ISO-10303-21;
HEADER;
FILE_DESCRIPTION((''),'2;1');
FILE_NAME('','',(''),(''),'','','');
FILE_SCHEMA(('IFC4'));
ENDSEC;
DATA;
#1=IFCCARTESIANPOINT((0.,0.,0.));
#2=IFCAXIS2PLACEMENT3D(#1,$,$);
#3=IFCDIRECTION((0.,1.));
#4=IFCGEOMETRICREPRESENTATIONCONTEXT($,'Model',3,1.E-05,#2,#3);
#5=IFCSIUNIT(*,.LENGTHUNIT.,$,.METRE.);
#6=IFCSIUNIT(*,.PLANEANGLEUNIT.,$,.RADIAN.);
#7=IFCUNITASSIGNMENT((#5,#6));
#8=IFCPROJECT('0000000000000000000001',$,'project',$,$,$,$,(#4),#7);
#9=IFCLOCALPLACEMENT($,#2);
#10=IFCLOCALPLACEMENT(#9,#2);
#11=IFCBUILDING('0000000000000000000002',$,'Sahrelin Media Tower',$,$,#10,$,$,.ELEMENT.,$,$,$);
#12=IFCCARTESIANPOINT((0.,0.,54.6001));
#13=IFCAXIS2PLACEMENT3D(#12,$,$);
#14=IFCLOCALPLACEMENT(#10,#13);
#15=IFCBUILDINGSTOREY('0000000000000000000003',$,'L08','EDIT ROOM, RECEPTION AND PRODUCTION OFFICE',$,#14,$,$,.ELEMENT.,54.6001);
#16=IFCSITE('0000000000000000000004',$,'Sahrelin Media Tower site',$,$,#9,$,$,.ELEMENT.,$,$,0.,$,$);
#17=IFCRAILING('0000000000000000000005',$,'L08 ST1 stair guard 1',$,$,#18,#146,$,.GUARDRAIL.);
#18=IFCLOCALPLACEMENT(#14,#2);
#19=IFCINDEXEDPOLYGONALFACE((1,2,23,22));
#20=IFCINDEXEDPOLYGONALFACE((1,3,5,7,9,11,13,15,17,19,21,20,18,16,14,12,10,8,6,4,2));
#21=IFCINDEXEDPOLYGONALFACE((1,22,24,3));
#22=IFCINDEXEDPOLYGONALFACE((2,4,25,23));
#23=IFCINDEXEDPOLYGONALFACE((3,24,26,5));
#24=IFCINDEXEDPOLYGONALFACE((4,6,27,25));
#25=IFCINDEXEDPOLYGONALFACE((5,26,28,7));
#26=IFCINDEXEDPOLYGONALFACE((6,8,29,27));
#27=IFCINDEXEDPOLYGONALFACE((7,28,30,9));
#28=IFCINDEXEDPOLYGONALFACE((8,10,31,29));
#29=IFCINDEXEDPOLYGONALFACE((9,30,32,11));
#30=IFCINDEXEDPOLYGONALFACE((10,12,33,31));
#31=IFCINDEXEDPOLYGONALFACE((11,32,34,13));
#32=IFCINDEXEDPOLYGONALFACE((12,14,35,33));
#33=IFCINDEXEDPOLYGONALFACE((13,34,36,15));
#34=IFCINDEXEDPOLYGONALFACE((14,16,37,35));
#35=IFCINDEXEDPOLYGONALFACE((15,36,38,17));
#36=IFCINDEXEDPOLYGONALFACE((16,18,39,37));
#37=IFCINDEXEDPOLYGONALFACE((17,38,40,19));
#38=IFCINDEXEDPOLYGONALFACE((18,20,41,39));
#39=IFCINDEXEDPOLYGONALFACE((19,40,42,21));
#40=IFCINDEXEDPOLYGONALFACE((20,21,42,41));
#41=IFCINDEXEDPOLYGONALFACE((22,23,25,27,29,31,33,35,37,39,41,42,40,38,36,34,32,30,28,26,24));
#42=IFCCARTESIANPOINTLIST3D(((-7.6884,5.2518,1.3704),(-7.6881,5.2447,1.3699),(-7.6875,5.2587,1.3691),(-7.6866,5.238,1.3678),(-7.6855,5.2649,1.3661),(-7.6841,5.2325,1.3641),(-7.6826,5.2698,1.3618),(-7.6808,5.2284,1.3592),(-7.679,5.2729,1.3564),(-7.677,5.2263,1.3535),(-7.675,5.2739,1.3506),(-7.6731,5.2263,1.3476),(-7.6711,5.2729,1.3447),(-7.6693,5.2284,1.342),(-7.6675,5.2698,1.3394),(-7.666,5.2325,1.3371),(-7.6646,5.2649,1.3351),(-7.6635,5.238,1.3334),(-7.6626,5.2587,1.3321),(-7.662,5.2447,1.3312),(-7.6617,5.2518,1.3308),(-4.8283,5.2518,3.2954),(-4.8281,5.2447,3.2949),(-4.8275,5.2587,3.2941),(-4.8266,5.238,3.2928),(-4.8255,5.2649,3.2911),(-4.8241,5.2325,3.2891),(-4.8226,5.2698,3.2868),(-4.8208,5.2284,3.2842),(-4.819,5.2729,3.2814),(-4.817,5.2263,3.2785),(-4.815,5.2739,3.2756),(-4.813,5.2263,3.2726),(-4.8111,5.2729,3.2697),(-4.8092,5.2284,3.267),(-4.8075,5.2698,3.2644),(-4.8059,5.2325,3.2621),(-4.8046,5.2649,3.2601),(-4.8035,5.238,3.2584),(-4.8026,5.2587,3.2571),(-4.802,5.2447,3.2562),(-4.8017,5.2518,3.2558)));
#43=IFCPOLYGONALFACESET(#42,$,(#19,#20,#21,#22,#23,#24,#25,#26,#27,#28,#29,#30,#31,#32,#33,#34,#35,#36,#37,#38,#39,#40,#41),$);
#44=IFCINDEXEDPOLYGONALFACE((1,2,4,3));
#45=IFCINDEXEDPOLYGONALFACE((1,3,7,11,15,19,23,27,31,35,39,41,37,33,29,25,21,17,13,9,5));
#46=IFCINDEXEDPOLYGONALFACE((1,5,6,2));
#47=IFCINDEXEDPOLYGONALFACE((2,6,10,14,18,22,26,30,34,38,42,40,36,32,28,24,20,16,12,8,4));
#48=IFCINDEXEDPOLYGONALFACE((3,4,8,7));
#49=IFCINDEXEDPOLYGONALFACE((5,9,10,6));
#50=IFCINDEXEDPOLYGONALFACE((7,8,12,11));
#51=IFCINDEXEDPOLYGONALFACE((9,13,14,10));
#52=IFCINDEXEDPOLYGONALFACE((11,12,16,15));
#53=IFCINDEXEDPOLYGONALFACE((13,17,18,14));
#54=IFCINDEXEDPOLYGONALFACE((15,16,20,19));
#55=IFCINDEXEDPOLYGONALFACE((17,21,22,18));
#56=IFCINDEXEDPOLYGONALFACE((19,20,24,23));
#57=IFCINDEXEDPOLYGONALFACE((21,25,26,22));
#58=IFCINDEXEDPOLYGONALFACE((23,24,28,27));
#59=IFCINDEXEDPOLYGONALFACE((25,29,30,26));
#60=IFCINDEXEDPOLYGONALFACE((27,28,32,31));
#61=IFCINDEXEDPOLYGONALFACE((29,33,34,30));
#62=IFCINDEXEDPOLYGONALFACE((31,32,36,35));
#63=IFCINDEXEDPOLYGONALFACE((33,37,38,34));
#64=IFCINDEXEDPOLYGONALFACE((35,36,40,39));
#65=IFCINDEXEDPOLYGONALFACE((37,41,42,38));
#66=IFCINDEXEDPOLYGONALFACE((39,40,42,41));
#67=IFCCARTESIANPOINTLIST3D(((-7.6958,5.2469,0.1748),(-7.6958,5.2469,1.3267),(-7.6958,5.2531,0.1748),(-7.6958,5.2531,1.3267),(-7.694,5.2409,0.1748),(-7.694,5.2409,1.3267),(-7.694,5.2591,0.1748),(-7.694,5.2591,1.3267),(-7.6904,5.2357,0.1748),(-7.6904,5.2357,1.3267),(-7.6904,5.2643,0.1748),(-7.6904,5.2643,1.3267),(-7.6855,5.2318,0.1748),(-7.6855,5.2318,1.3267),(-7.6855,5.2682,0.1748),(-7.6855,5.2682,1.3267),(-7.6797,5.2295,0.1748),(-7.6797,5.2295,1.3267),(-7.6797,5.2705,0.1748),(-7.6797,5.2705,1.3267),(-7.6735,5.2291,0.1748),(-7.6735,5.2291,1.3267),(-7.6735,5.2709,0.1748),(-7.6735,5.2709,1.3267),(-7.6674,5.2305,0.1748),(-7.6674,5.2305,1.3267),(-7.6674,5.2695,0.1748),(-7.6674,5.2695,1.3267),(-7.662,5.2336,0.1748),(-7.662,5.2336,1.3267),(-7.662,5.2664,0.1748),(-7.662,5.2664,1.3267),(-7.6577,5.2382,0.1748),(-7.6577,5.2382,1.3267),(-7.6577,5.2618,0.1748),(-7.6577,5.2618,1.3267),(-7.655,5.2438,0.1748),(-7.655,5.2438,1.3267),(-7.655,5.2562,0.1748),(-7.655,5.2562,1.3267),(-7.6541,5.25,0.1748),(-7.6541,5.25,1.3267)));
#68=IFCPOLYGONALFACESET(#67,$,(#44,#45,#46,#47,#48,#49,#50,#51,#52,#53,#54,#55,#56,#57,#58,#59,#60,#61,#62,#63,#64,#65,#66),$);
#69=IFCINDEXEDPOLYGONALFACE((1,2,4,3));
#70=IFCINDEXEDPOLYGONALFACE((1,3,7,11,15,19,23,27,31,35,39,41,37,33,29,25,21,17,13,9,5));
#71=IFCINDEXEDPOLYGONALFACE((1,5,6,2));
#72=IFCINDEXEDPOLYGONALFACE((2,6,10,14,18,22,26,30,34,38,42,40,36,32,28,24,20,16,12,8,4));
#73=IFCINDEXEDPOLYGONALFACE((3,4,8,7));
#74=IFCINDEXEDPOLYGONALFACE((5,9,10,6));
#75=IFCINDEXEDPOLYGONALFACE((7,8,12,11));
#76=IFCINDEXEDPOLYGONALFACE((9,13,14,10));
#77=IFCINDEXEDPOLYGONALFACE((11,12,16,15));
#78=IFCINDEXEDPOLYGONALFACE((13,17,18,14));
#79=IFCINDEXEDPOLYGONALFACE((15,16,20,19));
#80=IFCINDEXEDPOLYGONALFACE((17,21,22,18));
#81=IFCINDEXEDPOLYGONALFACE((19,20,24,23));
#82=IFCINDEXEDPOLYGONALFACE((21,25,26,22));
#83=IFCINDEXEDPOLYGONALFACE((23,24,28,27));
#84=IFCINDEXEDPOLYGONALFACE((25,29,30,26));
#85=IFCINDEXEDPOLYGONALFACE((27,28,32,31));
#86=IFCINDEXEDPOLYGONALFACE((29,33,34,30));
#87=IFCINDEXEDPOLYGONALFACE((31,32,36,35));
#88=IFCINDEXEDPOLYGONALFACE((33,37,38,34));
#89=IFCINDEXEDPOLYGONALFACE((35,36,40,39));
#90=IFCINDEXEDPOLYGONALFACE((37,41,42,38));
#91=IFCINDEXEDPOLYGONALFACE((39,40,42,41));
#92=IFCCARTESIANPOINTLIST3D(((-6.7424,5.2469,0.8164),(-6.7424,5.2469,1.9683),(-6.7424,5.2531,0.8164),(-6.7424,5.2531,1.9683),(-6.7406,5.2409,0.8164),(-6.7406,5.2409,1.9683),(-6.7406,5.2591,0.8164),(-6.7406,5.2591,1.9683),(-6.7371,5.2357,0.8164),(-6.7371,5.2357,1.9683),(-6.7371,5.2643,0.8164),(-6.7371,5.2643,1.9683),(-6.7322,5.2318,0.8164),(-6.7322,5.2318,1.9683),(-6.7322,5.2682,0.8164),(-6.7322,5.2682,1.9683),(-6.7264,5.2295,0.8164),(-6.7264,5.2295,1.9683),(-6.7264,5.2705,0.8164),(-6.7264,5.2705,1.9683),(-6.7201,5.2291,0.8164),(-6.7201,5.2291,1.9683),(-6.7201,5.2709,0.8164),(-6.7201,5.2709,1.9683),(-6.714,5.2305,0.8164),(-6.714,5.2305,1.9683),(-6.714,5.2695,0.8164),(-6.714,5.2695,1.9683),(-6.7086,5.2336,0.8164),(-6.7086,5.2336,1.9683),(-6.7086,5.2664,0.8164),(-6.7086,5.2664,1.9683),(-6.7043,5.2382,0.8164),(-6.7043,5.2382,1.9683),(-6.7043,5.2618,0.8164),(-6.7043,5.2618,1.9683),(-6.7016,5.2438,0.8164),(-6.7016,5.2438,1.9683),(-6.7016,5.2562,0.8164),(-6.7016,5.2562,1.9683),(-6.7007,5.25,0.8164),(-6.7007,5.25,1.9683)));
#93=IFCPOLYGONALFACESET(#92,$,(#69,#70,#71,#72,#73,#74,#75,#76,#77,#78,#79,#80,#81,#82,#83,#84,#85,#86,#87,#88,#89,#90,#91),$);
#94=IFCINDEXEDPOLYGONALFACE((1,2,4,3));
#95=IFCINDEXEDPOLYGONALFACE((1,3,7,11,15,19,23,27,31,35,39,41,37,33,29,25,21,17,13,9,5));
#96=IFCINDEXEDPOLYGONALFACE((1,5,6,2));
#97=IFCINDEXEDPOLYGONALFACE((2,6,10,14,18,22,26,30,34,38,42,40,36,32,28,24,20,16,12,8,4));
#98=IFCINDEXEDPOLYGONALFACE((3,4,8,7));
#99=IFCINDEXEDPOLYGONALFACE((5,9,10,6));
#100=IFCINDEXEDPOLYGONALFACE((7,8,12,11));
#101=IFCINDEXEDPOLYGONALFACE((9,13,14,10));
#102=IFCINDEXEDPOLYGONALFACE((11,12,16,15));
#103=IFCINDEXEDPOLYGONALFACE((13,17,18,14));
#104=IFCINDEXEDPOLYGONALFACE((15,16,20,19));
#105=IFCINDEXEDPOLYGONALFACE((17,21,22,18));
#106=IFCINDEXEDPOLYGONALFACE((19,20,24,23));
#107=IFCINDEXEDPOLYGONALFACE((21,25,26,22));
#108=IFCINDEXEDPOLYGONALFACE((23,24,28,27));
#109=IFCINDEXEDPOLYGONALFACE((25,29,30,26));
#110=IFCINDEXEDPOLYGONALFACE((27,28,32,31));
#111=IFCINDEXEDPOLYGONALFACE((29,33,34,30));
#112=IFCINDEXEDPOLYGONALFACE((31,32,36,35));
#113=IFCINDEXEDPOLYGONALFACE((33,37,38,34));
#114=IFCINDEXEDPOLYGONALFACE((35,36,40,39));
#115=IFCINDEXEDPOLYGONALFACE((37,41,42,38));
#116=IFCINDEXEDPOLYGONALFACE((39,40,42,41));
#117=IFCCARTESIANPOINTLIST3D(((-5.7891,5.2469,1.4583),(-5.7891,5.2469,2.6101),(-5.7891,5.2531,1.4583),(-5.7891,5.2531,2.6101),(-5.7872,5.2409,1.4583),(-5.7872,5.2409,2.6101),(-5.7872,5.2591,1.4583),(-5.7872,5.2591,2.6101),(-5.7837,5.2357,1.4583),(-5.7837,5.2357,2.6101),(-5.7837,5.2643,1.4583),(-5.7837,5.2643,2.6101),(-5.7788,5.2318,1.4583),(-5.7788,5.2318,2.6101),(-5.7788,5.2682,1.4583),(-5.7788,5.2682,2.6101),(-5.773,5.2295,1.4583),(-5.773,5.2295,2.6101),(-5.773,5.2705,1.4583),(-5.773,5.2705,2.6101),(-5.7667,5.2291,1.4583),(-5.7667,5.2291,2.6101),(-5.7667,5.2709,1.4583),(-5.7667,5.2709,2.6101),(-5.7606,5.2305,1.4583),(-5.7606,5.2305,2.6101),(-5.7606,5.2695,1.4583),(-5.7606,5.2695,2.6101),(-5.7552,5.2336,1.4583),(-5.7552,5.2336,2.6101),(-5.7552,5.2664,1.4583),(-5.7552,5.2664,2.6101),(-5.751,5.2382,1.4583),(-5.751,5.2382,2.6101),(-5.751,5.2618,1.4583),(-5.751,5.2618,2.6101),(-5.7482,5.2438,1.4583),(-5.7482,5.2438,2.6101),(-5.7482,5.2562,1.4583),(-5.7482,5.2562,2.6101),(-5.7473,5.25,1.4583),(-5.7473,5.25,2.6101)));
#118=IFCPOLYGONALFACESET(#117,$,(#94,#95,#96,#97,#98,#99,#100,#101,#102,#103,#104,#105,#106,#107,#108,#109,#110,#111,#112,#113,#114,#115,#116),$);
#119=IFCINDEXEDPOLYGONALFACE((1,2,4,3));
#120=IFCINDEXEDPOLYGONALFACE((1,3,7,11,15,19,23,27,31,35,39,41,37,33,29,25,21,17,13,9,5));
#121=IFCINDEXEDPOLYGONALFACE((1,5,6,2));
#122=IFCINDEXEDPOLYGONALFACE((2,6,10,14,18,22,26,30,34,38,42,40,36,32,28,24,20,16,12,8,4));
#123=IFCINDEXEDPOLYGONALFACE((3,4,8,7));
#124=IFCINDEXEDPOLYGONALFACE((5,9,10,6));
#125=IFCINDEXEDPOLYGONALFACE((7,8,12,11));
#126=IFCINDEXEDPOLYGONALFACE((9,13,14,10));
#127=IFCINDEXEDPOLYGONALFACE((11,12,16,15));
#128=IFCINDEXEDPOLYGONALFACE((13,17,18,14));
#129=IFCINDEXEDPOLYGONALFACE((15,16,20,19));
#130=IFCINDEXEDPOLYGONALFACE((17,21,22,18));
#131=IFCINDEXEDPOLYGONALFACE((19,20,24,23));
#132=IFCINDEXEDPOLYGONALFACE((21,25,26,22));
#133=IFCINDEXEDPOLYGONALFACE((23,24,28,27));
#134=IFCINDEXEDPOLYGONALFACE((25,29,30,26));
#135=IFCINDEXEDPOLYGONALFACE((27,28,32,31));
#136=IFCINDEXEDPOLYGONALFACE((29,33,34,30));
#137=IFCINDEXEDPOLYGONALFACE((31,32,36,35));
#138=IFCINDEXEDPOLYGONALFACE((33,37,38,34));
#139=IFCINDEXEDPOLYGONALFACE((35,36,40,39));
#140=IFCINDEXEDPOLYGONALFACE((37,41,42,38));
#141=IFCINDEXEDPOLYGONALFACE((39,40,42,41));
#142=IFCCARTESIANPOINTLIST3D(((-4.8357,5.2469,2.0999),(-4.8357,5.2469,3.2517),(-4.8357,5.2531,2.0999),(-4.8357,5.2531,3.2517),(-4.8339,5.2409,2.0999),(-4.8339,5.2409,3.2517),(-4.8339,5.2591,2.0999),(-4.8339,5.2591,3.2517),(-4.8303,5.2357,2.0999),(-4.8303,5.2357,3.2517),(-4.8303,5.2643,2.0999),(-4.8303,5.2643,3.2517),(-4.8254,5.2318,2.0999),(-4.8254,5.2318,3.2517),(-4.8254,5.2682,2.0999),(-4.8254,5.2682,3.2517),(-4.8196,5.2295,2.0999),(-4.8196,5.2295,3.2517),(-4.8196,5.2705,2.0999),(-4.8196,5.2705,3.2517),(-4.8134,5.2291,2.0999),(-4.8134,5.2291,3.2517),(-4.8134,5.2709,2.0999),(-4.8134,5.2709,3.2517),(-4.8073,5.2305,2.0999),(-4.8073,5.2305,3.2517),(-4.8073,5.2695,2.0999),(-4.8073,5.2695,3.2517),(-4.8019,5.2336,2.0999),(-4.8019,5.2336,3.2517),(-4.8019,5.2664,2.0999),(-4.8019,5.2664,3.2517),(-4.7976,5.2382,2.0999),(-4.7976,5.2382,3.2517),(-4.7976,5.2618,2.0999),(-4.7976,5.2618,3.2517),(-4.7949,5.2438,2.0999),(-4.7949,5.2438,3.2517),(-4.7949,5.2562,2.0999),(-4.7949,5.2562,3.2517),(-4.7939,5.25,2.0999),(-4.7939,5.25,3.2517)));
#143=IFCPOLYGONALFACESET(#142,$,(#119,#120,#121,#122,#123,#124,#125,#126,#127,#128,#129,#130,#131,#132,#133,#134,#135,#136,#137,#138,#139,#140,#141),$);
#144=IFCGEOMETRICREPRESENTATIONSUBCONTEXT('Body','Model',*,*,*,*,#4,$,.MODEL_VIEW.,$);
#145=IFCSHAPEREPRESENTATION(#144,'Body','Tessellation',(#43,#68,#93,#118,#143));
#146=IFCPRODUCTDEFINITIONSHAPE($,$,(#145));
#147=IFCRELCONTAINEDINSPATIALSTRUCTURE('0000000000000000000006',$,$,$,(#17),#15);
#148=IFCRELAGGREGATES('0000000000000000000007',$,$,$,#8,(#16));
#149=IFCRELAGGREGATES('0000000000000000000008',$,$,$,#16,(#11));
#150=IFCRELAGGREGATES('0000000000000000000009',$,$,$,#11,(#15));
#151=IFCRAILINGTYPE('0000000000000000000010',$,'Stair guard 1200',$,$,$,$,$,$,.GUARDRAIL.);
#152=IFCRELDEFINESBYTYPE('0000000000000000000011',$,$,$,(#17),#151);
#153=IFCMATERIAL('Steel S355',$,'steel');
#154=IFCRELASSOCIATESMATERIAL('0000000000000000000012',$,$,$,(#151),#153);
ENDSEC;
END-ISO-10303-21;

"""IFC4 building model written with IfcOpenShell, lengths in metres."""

from ifc_helpers import new_model, si_unit, direction, frame, origin, origin_2d, place, context, subcontext, project, spatial, circle, extrude, material, type_object, element, save


model = new_model("IFC4")

# Units and contexts
model_context = context("Model", 3, precision=1e-05, world=origin(), true_north=direction((0.0, 1.0)))
body_context = subcontext(model_context, "Body", "Model", "MODEL_VIEW")
ifc_project = project(units=[si_unit("LENGTHUNIT", "METRE"), si_unit("PLANEANGLEUNIT", "RADIAN")], contexts=[model_context])

# Site, building, storey
site_placement = place(None, origin())
site = spatial("IfcSite", under=ifc_project, at=site_placement, Name="Sahrelin Media Tower site", CompositionType="ELEMENT", RefElevation=0.0)
building_placement = place(site_placement, origin())
building = spatial("IfcBuilding", under=site, at=building_placement, Name="Sahrelin Media Tower", CompositionType="ELEMENT")
storey_placement = place(building_placement, frame((0.0, 0.0, 54.6001)))
storey = spatial("IfcBuildingStorey", under=building, at=storey_placement, Name="L08", Description="EDIT ROOM, RECEPTION AND PRODUCTION OFFICE", CompositionType="ELEMENT", Elevation=54.6001)

# Shared definitions
ifc_material_1 = material(Name="Steel S355", Category="steel")

# Railing
railing_type_1 = type_object("IfcRailingType", Name="Stair guard 1200", PredefinedType="GUARDRAIL", material=ifc_material_1)
railing_1_placement = place(storey_placement, frame((-7.675, 5.25, 0.1748)))
element("IfcRailing", 1, at=railing_1_placement, inside=storey, type_object=railing_type_1, Name="L08 ST1 stair guard 1", PredefinedType="GUARDRAIL", context=body_context, shape_type="SweptSolid", body=[
    extrude(circle(Radius=0.0239, at=origin_2d()), frame((0.0, 0.0, 1.1758), z_axis=(0.829591, 0.0, 0.558372), x_axis=(0.0, 1.0, 0.0)), (0.0, 0.0, 1.0), 3.4475),
    extrude(circle(Radius=0.021, at=origin_2d()), origin(), (0.0, 0.0, 1.0), 1.1519),
    extrude(circle(Radius=0.021, at=origin_2d()), frame((0.9534, 0.0, 0.6416)), (0.0, 0.0, 1.0), 1.1519),
    extrude(circle(Radius=0.021, at=origin_2d()), frame((1.9067, 0.0, 1.2834)), (0.0, 0.0, 1.0), 1.1519),
    extrude(circle(Radius=0.021, at=origin_2d()), frame((2.8601, 0.0, 1.925)), (0.0, 0.0, 1.0), 1.1519),
])

save(model, "model.ifc")
